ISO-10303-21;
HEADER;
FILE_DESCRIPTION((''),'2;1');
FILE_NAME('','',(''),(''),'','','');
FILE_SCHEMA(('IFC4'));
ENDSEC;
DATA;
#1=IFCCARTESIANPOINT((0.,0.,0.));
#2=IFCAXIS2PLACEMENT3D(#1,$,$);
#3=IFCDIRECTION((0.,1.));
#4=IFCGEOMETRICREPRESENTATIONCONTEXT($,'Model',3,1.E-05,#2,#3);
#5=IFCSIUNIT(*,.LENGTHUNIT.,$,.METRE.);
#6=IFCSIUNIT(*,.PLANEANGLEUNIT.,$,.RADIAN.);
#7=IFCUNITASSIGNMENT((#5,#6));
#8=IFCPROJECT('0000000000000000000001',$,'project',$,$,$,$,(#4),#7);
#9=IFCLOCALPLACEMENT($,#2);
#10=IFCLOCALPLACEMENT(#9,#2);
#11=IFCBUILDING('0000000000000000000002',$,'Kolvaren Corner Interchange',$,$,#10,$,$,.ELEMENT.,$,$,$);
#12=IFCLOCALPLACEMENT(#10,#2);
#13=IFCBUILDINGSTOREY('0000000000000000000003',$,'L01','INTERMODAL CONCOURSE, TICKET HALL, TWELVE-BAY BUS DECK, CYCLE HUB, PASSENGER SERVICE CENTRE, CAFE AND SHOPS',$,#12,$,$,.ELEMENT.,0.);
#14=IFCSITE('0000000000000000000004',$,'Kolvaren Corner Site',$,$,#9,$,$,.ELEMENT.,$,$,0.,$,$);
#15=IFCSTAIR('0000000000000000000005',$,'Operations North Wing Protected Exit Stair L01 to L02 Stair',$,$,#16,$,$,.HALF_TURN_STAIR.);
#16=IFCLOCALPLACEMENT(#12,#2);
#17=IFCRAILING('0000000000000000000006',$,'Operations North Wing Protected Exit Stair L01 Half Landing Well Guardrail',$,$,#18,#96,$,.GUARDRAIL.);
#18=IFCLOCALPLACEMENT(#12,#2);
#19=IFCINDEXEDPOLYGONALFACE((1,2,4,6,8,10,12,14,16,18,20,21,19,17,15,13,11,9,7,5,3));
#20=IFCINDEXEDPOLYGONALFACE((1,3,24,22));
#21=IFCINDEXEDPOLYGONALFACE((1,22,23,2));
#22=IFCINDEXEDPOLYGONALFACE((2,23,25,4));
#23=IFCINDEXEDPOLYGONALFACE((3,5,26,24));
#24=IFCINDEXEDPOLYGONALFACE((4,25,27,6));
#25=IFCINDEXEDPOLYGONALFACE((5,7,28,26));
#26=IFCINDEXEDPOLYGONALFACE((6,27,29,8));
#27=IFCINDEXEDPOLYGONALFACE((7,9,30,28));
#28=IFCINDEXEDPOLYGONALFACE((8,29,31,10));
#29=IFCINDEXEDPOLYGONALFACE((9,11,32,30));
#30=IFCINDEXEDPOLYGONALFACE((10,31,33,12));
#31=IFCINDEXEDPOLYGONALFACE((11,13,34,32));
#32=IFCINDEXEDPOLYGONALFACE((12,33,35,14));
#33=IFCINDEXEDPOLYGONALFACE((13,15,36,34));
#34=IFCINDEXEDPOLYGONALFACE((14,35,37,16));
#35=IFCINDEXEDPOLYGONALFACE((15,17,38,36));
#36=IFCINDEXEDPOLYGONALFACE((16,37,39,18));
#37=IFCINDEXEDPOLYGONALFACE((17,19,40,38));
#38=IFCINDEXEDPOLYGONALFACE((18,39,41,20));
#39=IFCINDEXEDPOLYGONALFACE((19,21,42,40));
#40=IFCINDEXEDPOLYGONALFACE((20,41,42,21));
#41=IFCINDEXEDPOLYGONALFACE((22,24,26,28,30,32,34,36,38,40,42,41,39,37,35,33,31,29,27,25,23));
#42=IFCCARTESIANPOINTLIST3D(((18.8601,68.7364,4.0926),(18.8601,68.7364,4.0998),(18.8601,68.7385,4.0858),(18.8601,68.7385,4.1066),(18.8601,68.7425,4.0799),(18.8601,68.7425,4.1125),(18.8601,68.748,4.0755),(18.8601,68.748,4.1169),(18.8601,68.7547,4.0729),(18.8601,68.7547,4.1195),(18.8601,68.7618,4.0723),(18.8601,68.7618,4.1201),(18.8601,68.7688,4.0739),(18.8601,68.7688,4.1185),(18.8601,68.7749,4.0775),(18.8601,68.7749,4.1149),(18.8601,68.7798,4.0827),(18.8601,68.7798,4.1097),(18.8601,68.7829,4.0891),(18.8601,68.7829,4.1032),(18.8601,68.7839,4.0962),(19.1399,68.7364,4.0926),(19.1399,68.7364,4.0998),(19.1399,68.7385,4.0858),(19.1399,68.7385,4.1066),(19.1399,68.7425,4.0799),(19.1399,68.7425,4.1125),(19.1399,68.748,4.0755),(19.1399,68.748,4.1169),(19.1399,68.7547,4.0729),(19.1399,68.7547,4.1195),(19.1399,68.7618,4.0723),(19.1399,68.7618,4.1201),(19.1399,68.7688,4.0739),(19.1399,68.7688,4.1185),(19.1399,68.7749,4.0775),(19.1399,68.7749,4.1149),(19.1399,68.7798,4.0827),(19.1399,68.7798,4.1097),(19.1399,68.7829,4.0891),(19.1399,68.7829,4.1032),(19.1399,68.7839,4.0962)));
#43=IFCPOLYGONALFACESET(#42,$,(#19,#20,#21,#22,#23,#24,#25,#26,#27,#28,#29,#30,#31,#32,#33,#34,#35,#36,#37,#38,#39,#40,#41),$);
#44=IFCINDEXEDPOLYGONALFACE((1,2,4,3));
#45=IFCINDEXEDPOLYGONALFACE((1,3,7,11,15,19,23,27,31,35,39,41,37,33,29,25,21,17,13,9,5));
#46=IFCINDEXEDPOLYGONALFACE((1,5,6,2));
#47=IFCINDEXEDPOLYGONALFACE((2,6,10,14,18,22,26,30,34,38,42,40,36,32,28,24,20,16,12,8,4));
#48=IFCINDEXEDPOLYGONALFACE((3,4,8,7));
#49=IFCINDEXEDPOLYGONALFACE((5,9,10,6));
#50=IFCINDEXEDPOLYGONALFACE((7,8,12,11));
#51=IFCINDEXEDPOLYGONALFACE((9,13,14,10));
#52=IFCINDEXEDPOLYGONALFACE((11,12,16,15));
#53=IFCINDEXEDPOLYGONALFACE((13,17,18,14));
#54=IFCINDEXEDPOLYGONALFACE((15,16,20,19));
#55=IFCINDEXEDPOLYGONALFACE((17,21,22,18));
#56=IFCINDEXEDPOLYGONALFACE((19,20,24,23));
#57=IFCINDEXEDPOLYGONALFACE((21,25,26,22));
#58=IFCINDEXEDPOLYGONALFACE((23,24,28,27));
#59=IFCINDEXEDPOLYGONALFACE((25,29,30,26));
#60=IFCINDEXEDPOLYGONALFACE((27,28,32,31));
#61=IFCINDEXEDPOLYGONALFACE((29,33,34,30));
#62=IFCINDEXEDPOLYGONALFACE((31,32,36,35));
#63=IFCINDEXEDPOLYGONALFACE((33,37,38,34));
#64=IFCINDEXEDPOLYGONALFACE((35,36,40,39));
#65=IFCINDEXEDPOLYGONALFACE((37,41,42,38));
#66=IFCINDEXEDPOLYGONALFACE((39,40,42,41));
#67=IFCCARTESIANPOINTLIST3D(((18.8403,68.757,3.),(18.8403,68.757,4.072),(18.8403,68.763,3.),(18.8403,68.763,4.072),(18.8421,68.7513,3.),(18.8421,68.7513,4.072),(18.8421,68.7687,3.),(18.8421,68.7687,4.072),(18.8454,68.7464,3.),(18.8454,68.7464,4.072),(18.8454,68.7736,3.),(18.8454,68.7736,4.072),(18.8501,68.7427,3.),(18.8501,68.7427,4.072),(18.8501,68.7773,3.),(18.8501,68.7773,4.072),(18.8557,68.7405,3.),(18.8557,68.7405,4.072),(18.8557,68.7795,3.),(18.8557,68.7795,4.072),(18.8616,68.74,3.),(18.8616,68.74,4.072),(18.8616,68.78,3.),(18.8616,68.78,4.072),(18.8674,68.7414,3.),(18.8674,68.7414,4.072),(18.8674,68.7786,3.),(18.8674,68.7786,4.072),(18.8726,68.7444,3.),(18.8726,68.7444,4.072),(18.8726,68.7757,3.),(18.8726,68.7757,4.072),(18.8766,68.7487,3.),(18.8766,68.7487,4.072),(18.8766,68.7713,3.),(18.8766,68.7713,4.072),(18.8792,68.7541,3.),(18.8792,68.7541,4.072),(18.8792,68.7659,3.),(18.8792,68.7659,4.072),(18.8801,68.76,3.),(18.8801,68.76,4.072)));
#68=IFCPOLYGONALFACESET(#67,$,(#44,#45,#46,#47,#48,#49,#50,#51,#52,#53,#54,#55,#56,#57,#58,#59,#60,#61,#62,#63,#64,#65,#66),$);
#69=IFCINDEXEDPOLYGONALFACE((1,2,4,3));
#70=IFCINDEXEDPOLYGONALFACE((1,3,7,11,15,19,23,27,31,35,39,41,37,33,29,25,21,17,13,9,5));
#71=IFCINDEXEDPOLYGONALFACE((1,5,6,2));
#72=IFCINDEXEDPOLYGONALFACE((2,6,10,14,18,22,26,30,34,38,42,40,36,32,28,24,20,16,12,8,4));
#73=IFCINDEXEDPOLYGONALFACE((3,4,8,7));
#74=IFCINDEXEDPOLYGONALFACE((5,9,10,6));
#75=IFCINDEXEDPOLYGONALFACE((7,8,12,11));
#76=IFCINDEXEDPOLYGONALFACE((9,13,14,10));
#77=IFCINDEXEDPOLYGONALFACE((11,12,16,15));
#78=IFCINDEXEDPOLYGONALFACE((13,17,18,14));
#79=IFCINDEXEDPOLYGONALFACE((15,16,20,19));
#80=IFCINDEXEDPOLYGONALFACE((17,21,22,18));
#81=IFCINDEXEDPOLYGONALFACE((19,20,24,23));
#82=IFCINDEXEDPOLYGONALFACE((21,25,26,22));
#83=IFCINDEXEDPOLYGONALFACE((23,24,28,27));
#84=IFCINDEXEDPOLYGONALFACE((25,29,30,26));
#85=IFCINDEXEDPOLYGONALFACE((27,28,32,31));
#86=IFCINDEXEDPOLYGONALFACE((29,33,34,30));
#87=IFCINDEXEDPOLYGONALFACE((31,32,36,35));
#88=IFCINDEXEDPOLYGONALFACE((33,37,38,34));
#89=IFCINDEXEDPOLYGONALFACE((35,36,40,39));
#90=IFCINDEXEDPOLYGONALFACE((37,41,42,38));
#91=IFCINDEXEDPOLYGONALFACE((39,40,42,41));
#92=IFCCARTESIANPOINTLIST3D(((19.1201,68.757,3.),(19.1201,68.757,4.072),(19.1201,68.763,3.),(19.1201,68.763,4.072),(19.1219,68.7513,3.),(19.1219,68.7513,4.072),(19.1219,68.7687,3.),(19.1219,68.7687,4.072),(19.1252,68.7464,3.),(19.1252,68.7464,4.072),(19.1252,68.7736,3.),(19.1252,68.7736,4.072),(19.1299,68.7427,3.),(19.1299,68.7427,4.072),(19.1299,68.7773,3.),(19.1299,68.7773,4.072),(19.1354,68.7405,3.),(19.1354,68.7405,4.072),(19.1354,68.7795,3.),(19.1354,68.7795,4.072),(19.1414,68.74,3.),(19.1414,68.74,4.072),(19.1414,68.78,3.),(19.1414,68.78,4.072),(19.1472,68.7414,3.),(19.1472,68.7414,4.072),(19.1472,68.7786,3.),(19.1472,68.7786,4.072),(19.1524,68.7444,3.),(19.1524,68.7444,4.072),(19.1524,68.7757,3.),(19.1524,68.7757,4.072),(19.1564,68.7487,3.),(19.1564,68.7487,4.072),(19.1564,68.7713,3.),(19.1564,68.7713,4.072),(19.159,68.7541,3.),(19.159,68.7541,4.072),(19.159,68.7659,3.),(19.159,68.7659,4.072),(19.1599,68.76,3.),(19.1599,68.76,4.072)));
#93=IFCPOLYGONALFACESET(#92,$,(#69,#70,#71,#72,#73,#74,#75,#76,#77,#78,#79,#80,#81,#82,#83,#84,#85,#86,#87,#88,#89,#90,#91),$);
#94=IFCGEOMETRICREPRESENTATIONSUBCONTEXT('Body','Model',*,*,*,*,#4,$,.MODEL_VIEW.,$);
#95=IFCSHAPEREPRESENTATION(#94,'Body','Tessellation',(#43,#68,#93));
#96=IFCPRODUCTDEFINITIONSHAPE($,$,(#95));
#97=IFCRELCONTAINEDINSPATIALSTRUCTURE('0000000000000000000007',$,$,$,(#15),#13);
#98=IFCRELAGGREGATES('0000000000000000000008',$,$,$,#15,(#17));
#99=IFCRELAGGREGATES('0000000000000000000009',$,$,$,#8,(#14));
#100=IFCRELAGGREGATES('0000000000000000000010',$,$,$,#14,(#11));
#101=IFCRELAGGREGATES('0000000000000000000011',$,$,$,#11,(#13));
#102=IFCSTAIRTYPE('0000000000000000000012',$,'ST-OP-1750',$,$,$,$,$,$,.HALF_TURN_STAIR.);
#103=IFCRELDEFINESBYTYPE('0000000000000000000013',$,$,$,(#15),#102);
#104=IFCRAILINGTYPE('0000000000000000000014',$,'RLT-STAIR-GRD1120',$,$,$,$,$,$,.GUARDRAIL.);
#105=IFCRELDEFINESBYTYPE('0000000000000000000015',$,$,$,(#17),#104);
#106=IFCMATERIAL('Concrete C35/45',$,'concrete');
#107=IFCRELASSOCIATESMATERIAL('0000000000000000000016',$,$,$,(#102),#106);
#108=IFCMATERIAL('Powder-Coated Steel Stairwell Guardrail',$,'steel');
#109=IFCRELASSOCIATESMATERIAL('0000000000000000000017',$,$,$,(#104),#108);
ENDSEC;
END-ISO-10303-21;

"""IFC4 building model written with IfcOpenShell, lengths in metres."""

from ifc_helpers import new_model, si_unit, direction, frame, origin, origin_2d, place, context, subcontext, project, spatial, circle, extrude, material, type_object, element, aggregate, save


model = new_model("IFC4")

# Units and contexts
model_context = context("Model", 3, precision=1e-05, world=origin(), true_north=direction((0.0, 1.0)))
body_context = subcontext(model_context, "Body", "Model", "MODEL_VIEW")
ifc_project = project(units=[si_unit("LENGTHUNIT", "METRE"), si_unit("PLANEANGLEUNIT", "RADIAN")], contexts=[model_context])

# Site, building, storey
site_placement = place(None, origin())
site = spatial("IfcSite", under=ifc_project, at=site_placement, Name="Kolvaren Corner Site", CompositionType="ELEMENT", RefElevation=0.0)
building_placement = place(site_placement, origin())
building = spatial("IfcBuilding", under=site, at=building_placement, Name="Kolvaren Corner Interchange", CompositionType="ELEMENT")
storey_placement = place(building_placement, origin())
storey = spatial("IfcBuildingStorey", under=building, at=storey_placement, Name="L01", Description="INTERMODAL CONCOURSE, TICKET HALL, TWELVE-BAY BUS DECK, CYCLE HUB, PASSENGER SERVICE CENTRE, CAFE AND SHOPS", CompositionType="ELEMENT", Elevation=0.0)

# Stair, railing
ifc_material_1 = material(Name="Concrete C35/45", Category="concrete")
stair_type = type_object("IfcStairType", Name="ST-OP-1750", PredefinedType="HALF_TURN_STAIR", material=ifc_material_1)
stair_placement = place(storey_placement, origin())
stair = element("IfcStair", 1, at=stair_placement, inside=storey, type_object=stair_type, Name="Operations North Wing Protected Exit Stair L01 to L02 Stair", PredefinedType="HALF_TURN_STAIR")
ifc_material_2 = material(Name="Powder-Coated Steel Stairwell Guardrail", Category="steel")
railing_type_1 = type_object("IfcRailingType", Name="RLT-STAIR-GRD1120", PredefinedType="GUARDRAIL", material=ifc_material_2)
railing_1_placement = place(storey_placement, frame((18.8601, 68.76, 3.0)))
railing_1 = element("IfcRailing", 2, at=railing_1_placement, type_object=railing_type_1, Name="Operations North Wing Protected Exit Stair L01 Half Landing Well Guardrail", PredefinedType="GUARDRAIL", context=body_context, shape_type="SweptSolid", body=[
    extrude(circle(Radius=0.0239, at=origin_2d()), frame((0.0, 0.0, 1.0962), z_axis=(1.0, 0.0, 0.0), x_axis=(0.0, 1.0, 0.0)), (0.0, 0.0, 1.0), 0.2798),
    extrude(circle(Radius=0.02, at=origin_2d()), origin(), (0.0, 0.0, 1.0), 1.072),
    extrude(circle(Radius=0.02, at=origin_2d()), frame((0.2798, 0.0, 0.0)), (0.0, 0.0, 1.0), 1.072),
])
aggregate(stair, [railing_1])

save(model, "model.ifc")
